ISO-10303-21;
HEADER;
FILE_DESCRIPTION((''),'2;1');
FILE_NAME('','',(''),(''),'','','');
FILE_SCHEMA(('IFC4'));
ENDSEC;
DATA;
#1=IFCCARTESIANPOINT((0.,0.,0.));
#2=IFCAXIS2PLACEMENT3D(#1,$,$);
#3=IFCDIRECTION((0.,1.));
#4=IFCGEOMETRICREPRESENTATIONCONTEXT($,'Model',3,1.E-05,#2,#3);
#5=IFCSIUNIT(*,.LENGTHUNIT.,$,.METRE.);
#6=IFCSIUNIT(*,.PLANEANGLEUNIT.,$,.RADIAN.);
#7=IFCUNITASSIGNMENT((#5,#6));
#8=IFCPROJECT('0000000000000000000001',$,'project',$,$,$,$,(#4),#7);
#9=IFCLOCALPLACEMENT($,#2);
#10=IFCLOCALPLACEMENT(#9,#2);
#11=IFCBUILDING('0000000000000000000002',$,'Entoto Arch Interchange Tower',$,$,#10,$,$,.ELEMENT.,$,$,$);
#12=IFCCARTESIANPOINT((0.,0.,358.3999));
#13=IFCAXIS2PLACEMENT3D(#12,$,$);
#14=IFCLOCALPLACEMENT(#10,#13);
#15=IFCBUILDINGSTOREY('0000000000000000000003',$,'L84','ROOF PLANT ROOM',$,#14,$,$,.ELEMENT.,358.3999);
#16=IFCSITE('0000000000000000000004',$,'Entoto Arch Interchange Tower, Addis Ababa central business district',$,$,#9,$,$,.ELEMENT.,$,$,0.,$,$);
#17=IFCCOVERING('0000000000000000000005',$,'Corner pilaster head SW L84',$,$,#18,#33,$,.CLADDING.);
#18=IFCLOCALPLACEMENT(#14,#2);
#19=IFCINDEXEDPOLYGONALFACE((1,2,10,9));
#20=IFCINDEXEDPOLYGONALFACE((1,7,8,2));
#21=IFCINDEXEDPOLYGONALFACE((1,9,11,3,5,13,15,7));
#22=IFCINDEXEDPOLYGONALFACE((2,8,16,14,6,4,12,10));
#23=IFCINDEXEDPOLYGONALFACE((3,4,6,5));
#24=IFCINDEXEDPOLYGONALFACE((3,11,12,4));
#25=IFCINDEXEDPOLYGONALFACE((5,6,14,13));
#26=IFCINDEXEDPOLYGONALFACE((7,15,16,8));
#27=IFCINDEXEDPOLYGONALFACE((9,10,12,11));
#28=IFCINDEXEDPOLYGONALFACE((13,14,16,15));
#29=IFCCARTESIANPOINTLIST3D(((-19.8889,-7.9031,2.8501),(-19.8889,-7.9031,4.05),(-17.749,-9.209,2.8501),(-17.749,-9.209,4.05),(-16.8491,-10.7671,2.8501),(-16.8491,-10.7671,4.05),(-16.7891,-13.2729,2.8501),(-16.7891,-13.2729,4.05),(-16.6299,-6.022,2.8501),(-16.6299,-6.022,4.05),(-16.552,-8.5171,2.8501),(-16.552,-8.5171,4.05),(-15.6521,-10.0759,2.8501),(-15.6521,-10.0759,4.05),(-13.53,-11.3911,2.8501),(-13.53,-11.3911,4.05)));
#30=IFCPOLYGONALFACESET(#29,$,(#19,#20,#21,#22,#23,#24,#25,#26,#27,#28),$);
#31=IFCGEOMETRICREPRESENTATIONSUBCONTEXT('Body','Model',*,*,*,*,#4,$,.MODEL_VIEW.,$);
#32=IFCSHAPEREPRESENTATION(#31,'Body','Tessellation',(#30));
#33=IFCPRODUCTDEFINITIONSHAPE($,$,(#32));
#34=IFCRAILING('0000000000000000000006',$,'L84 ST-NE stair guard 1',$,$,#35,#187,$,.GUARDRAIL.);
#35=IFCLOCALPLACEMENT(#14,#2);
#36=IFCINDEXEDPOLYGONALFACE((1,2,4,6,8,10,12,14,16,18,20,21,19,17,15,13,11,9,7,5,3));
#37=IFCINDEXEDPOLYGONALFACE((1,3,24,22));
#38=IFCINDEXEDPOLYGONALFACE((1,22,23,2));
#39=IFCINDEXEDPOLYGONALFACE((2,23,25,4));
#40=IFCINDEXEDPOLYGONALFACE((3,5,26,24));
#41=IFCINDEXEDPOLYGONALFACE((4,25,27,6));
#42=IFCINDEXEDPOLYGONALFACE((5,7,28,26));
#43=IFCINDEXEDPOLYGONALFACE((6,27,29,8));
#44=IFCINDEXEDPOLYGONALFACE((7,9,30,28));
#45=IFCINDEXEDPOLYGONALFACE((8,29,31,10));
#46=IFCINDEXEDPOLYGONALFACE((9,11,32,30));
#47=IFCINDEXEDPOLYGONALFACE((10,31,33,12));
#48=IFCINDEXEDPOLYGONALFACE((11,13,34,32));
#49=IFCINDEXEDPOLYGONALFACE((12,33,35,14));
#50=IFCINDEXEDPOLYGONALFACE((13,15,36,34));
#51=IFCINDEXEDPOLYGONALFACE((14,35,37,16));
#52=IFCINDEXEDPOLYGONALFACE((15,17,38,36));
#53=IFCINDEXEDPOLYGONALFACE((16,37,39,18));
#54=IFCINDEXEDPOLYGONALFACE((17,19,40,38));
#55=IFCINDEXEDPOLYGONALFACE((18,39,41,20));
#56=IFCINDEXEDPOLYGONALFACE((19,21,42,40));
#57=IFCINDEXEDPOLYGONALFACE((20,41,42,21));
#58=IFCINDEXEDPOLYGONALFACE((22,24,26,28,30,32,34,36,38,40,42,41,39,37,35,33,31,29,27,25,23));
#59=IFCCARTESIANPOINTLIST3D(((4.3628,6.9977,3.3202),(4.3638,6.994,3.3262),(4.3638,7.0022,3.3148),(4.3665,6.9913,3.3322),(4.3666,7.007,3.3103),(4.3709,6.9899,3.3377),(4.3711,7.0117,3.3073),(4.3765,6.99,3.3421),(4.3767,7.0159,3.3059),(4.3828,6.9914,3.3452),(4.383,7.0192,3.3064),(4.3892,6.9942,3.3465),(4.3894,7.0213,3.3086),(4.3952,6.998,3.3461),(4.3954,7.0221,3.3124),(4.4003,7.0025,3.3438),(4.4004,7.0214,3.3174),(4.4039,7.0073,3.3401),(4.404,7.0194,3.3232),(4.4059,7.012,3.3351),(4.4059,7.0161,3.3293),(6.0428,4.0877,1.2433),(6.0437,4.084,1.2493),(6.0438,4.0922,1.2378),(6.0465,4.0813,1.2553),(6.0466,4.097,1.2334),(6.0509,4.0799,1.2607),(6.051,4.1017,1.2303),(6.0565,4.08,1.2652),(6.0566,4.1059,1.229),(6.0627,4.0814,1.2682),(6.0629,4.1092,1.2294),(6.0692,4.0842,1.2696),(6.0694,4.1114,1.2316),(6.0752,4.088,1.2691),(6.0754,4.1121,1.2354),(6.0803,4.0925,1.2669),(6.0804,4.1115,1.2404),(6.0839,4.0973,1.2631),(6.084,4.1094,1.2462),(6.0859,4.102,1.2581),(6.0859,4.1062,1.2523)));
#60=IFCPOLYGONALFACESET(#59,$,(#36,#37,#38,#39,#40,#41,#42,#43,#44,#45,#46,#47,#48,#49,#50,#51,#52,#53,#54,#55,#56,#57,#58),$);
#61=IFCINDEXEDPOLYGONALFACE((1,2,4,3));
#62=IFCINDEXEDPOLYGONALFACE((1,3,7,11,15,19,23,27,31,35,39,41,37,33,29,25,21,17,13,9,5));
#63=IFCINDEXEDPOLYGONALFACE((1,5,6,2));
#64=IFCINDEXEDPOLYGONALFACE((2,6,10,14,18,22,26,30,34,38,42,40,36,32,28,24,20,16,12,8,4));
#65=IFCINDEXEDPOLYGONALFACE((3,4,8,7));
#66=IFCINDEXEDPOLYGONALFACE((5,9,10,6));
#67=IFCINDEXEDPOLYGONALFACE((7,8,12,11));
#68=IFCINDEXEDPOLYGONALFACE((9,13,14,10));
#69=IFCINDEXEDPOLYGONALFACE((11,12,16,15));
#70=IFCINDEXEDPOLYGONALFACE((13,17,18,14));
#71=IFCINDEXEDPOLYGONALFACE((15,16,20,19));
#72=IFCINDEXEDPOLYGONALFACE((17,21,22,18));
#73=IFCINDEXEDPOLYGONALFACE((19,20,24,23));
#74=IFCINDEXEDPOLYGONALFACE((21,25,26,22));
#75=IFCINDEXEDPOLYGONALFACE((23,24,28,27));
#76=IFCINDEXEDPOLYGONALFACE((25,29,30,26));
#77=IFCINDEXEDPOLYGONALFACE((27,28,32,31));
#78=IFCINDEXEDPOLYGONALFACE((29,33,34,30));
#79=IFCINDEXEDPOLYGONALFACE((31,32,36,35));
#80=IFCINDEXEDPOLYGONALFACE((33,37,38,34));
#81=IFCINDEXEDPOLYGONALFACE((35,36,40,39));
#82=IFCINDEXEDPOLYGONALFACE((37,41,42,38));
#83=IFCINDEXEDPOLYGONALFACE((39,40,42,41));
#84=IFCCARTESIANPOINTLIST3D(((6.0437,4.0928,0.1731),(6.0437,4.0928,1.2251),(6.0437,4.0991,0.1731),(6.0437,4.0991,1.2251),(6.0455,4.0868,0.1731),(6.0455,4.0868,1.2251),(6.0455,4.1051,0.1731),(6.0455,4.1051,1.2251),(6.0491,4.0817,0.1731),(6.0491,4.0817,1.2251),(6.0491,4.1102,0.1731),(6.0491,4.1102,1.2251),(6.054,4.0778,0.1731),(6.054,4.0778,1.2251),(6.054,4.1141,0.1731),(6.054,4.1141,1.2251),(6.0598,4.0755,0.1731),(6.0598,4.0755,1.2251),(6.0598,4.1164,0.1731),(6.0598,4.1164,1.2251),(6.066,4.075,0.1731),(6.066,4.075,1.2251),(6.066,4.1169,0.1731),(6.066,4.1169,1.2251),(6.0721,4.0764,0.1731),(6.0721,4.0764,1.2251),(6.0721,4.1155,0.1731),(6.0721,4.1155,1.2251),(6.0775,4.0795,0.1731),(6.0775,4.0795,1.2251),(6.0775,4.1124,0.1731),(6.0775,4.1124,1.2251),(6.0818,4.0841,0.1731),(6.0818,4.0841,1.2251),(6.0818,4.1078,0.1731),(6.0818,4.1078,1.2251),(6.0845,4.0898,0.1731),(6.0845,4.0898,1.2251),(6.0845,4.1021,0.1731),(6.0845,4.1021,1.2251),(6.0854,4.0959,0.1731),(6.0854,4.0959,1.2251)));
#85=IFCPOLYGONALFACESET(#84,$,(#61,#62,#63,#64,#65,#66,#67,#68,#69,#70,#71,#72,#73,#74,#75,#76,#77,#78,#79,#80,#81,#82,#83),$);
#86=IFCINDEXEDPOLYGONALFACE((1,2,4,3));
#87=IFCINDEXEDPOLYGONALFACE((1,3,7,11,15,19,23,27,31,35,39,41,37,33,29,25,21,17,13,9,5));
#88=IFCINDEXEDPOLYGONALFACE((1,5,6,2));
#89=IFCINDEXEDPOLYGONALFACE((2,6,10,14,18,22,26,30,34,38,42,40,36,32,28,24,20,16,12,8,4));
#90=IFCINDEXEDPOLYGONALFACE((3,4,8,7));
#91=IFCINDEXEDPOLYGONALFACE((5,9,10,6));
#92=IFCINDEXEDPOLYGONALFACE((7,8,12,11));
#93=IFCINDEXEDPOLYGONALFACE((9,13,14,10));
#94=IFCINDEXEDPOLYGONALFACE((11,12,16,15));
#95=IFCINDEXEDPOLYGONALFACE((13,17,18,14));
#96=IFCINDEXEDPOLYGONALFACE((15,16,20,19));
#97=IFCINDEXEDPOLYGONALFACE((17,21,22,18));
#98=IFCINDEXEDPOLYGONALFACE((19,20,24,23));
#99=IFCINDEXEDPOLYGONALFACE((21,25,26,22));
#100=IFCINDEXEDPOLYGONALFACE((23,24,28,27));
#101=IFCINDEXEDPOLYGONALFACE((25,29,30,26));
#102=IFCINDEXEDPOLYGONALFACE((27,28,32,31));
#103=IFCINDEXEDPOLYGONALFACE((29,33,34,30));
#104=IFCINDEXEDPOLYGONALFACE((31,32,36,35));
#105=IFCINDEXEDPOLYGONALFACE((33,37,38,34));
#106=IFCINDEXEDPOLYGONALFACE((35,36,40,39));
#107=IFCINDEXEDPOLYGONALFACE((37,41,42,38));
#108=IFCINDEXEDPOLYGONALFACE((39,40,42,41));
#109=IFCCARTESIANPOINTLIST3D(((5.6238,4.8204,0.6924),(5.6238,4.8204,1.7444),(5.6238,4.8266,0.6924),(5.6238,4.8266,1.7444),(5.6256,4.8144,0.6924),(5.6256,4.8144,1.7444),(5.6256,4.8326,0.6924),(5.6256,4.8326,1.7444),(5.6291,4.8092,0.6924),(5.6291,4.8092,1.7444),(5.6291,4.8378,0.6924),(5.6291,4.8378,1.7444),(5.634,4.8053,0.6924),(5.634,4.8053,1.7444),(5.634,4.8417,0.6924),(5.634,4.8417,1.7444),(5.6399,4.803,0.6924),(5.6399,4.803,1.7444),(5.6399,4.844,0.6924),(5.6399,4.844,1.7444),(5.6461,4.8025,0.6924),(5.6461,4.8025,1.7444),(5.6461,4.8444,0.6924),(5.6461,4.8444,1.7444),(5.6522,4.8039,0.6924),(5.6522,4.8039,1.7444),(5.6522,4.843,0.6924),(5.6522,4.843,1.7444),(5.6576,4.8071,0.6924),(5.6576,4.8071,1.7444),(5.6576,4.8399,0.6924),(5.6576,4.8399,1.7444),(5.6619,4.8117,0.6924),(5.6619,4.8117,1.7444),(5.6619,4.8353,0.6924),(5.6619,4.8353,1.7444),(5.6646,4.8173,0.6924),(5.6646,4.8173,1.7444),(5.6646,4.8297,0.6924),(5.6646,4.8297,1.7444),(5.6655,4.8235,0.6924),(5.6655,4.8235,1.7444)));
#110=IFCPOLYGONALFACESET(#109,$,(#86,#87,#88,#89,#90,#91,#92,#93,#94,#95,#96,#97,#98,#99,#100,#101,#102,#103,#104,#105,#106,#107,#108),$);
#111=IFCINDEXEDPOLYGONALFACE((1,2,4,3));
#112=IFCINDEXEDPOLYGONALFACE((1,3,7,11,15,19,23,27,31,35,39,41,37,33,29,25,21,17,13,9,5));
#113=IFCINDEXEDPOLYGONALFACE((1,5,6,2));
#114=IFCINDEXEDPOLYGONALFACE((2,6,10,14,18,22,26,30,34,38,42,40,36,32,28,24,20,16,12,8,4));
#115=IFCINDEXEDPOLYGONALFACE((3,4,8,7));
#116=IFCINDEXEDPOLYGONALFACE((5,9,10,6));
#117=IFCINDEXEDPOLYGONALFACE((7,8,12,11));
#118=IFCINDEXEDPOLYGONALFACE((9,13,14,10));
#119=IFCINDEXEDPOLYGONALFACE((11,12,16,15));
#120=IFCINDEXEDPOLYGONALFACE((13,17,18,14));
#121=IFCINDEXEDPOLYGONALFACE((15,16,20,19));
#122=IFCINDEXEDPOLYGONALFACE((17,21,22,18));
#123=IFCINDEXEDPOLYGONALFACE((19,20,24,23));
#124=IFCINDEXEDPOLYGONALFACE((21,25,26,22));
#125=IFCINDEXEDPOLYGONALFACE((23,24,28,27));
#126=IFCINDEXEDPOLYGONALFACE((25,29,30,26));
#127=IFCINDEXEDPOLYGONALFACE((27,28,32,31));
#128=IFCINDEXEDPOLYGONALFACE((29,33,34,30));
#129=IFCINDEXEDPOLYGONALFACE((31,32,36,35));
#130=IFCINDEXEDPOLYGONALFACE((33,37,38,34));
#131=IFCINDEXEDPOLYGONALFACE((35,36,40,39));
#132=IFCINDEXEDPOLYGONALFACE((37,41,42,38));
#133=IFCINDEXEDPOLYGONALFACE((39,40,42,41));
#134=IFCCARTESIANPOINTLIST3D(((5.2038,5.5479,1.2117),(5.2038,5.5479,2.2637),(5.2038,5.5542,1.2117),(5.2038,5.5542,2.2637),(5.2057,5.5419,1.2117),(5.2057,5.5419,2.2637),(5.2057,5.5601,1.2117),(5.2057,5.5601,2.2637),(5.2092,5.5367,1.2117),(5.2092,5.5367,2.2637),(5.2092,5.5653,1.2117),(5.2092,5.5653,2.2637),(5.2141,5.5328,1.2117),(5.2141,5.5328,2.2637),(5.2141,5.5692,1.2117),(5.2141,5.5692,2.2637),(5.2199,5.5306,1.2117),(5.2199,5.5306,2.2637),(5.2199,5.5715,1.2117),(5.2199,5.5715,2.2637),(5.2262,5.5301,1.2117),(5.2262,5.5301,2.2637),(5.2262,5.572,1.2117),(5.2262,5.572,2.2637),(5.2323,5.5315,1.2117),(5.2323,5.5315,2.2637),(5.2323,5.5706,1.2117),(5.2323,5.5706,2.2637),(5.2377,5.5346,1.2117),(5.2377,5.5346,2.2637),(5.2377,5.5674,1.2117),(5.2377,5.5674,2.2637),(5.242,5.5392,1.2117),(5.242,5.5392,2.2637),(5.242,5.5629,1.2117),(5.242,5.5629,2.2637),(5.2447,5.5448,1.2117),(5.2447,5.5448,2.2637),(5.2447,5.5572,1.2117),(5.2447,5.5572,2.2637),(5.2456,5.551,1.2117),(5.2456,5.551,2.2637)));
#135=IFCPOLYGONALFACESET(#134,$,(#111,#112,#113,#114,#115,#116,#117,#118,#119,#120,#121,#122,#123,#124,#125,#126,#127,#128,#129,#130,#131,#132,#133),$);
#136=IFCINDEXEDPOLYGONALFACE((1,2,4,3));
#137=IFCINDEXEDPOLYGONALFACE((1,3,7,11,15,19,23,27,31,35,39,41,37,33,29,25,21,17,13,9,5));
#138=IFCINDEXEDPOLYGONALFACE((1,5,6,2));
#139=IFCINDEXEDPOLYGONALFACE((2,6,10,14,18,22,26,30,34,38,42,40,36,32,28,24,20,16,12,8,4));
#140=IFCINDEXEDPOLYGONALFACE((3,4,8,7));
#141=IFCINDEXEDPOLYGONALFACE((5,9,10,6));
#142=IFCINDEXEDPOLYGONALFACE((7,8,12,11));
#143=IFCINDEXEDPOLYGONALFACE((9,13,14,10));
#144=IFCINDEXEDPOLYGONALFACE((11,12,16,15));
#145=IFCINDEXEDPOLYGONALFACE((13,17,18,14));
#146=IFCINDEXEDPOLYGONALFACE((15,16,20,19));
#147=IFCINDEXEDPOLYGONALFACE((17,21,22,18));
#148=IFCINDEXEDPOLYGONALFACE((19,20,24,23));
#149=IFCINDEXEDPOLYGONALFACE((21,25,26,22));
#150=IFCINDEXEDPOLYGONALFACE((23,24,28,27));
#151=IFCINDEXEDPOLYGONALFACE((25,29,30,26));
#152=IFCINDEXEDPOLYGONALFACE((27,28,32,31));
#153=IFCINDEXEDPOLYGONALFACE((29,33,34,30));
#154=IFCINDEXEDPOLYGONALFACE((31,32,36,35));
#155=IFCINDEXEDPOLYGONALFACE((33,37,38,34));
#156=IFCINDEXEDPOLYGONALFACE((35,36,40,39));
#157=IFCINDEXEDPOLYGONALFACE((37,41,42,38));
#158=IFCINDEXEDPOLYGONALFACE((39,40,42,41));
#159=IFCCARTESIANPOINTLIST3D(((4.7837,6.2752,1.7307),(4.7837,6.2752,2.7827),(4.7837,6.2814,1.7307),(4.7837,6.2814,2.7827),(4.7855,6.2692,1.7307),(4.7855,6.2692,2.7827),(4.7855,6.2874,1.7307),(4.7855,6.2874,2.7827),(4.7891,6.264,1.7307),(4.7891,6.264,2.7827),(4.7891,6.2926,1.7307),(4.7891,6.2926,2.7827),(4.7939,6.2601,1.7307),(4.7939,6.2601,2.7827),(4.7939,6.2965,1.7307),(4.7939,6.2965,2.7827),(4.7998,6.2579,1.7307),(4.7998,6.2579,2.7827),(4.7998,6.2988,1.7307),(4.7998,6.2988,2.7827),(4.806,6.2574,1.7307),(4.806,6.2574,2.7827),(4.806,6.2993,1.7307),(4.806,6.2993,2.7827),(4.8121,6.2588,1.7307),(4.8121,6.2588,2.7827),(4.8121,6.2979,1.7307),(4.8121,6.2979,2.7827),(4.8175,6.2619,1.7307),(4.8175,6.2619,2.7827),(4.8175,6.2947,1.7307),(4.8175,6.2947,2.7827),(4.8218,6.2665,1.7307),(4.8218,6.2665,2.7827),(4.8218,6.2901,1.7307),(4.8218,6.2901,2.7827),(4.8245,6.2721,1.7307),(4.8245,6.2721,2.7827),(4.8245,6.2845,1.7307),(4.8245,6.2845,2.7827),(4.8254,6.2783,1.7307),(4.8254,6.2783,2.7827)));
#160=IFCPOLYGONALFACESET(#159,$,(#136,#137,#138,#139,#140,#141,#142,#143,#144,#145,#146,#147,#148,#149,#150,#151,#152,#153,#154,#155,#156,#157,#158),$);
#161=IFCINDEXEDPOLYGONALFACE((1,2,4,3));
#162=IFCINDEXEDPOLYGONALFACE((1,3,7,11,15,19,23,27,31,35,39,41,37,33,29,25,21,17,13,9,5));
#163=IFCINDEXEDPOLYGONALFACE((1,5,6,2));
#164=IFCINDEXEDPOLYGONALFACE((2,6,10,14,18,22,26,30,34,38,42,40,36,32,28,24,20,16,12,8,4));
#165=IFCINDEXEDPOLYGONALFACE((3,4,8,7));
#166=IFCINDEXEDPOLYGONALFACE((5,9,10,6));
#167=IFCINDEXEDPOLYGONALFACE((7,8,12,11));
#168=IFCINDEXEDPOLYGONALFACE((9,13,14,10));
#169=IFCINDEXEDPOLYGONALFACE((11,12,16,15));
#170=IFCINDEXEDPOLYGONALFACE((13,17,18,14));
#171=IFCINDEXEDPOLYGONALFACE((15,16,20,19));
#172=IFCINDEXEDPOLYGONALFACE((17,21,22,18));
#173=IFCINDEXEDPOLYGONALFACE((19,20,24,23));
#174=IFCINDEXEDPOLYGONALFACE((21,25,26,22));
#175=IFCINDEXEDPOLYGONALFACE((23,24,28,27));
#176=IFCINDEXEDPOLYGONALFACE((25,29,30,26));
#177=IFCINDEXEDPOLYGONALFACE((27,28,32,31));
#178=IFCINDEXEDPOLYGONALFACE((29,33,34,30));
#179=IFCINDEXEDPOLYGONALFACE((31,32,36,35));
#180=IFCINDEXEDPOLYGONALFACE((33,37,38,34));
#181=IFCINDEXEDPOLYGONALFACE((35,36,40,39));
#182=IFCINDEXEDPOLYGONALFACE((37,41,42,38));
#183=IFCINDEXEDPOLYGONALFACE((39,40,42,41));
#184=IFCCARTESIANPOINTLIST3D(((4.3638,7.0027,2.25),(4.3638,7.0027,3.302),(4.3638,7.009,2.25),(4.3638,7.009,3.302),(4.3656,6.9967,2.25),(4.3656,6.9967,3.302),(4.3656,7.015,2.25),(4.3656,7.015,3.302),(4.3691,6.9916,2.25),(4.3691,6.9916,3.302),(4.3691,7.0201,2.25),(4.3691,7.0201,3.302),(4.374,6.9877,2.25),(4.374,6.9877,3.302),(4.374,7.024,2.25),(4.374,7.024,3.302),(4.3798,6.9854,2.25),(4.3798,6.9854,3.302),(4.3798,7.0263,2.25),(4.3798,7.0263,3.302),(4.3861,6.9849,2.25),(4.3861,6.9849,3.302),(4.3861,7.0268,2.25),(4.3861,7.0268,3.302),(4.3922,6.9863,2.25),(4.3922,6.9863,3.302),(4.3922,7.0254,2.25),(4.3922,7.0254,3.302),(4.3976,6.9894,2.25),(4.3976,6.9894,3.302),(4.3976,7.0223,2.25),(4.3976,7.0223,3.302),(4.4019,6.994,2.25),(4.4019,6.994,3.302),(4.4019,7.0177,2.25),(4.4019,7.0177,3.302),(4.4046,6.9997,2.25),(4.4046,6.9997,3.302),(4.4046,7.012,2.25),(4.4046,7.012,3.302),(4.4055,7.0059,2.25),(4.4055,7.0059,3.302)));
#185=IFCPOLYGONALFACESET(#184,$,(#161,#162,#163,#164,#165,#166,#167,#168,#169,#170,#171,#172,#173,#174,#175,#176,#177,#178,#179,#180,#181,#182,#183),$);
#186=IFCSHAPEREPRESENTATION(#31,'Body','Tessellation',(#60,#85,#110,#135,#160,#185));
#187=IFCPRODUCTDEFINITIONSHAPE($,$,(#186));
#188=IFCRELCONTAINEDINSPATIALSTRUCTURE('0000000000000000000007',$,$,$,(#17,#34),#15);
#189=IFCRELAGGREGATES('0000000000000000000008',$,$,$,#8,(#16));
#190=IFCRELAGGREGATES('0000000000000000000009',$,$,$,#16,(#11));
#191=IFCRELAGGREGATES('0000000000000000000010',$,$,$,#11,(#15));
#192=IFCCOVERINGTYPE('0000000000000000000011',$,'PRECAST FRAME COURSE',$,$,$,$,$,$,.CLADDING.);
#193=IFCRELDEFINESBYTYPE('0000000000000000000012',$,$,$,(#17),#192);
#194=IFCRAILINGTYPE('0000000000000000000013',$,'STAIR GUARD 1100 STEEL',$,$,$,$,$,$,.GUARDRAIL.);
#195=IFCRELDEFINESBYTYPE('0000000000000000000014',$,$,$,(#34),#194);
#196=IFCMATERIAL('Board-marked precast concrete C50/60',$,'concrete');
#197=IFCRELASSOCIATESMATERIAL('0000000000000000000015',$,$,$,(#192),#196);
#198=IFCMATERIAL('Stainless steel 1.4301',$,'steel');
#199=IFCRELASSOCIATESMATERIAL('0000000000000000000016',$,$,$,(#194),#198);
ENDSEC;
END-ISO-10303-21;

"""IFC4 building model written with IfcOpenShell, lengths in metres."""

from ifc_helpers import new_model, si_unit, direction, frame, origin, origin_2d, place, context, subcontext, project, spatial, polyline, circle, outline, extrude, material, type_object, element, save


model = new_model("IFC4")

# Units and contexts
model_context = context("Model", 3, precision=1e-05, world=origin(), true_north=direction((0.0, 1.0)))
body_context = subcontext(model_context, "Body", "Model", "MODEL_VIEW")
ifc_project = project(units=[si_unit("LENGTHUNIT", "METRE"), si_unit("PLANEANGLEUNIT", "RADIAN")], contexts=[model_context])

# Site, building, storey
site_placement = place(None, origin())
site = spatial("IfcSite", under=ifc_project, at=site_placement, Name="Entoto Arch Interchange Tower, Addis Ababa central business district", CompositionType="ELEMENT", RefElevation=0.0)
building_placement = place(site_placement, origin())
building = spatial("IfcBuilding", under=site, at=building_placement, Name="Entoto Arch Interchange Tower", CompositionType="ELEMENT")
storey_placement = place(building_placement, frame((0.0, 0.0, 358.3999)))
storey = spatial("IfcBuildingStorey", under=building, at=storey_placement, Name="L84", Description="ROOF PLANT ROOM", CompositionType="ELEMENT", Elevation=358.3999)

# Covering
ifc_material_1 = material(Name="Board-marked precast concrete C50/60", Category="concrete")
covering_type = type_object("IfcCoveringType", Name="PRECAST FRAME COURSE", PredefinedType="CLADDING", material=ifc_material_1)
covering_1_placement = place(storey_placement, frame((0.0, 0.0, 2.8501)))
element("IfcCovering", 1, at=covering_1_placement, inside=storey, type_object=covering_type, Name="Corner pilaster head SW L84", PredefinedType="CLADDING", context=body_context, shape_type="SweptSolid", body=[
    extrude(outline(polyline([(-16.7891, -13.2729), (-19.8889, -7.9031), (-16.6299, -6.022), (-16.552, -8.5171), (-17.749, -9.209), (-16.8491, -10.7671), (-15.6521, -10.0759), (-13.53, -11.3911), (-16.7891, -13.2729)])), origin(), (0.0, 0.0, 1.0), 1.2),
])

# Railing
ifc_material_2 = material(Name="Stainless steel 1.4301", Category="steel")
railing_type_1 = type_object("IfcRailingType", Name="STAIR GUARD 1100 STEEL", PredefinedType="GUARDRAIL", material=ifc_material_2)
railing_1_placement = place(storey_placement, frame((6.0645, 4.0959, 0.1731)))
element("IfcRailing", 2, at=railing_1_placement, inside=storey, type_object=railing_type_1, Name="L84 ST-NE stair guard 1", PredefinedType="GUARDRAIL", context=body_context, shape_type="SweptSolid", body=[
    extrude(circle(Radius=0.0239, at=origin_2d()), frame((0.0, 0.0, 1.0762), z_axis=(-0.425288, 0.736668, 0.525785), x_axis=(-0.866039, -0.499976, 0.0)), (0.0, 0.0, 1.0), 3.9502),
    extrude(circle(Radius=0.021, at=origin_2d()), origin(), (0.0, 0.0, 1.0), 1.052),
    extrude(circle(Radius=0.021, at=origin_2d()), frame((-0.4199, 0.7275, 0.5193)), (0.0, 0.0, 1.0), 1.052),
    extrude(circle(Radius=0.021, at=origin_2d()), frame((-0.8398, 1.4551, 1.0386)), (0.0, 0.0, 1.0), 1.052),
    extrude(circle(Radius=0.021, at=origin_2d()), frame((-1.26, 2.1824, 1.5576)), (0.0, 0.0, 1.0), 1.052),
    extrude(circle(Radius=0.021, at=origin_2d()), frame((-1.6799, 2.9099, 2.0769)), (0.0, 0.0, 1.0), 1.052),
])

save(model, "model.ifc")
